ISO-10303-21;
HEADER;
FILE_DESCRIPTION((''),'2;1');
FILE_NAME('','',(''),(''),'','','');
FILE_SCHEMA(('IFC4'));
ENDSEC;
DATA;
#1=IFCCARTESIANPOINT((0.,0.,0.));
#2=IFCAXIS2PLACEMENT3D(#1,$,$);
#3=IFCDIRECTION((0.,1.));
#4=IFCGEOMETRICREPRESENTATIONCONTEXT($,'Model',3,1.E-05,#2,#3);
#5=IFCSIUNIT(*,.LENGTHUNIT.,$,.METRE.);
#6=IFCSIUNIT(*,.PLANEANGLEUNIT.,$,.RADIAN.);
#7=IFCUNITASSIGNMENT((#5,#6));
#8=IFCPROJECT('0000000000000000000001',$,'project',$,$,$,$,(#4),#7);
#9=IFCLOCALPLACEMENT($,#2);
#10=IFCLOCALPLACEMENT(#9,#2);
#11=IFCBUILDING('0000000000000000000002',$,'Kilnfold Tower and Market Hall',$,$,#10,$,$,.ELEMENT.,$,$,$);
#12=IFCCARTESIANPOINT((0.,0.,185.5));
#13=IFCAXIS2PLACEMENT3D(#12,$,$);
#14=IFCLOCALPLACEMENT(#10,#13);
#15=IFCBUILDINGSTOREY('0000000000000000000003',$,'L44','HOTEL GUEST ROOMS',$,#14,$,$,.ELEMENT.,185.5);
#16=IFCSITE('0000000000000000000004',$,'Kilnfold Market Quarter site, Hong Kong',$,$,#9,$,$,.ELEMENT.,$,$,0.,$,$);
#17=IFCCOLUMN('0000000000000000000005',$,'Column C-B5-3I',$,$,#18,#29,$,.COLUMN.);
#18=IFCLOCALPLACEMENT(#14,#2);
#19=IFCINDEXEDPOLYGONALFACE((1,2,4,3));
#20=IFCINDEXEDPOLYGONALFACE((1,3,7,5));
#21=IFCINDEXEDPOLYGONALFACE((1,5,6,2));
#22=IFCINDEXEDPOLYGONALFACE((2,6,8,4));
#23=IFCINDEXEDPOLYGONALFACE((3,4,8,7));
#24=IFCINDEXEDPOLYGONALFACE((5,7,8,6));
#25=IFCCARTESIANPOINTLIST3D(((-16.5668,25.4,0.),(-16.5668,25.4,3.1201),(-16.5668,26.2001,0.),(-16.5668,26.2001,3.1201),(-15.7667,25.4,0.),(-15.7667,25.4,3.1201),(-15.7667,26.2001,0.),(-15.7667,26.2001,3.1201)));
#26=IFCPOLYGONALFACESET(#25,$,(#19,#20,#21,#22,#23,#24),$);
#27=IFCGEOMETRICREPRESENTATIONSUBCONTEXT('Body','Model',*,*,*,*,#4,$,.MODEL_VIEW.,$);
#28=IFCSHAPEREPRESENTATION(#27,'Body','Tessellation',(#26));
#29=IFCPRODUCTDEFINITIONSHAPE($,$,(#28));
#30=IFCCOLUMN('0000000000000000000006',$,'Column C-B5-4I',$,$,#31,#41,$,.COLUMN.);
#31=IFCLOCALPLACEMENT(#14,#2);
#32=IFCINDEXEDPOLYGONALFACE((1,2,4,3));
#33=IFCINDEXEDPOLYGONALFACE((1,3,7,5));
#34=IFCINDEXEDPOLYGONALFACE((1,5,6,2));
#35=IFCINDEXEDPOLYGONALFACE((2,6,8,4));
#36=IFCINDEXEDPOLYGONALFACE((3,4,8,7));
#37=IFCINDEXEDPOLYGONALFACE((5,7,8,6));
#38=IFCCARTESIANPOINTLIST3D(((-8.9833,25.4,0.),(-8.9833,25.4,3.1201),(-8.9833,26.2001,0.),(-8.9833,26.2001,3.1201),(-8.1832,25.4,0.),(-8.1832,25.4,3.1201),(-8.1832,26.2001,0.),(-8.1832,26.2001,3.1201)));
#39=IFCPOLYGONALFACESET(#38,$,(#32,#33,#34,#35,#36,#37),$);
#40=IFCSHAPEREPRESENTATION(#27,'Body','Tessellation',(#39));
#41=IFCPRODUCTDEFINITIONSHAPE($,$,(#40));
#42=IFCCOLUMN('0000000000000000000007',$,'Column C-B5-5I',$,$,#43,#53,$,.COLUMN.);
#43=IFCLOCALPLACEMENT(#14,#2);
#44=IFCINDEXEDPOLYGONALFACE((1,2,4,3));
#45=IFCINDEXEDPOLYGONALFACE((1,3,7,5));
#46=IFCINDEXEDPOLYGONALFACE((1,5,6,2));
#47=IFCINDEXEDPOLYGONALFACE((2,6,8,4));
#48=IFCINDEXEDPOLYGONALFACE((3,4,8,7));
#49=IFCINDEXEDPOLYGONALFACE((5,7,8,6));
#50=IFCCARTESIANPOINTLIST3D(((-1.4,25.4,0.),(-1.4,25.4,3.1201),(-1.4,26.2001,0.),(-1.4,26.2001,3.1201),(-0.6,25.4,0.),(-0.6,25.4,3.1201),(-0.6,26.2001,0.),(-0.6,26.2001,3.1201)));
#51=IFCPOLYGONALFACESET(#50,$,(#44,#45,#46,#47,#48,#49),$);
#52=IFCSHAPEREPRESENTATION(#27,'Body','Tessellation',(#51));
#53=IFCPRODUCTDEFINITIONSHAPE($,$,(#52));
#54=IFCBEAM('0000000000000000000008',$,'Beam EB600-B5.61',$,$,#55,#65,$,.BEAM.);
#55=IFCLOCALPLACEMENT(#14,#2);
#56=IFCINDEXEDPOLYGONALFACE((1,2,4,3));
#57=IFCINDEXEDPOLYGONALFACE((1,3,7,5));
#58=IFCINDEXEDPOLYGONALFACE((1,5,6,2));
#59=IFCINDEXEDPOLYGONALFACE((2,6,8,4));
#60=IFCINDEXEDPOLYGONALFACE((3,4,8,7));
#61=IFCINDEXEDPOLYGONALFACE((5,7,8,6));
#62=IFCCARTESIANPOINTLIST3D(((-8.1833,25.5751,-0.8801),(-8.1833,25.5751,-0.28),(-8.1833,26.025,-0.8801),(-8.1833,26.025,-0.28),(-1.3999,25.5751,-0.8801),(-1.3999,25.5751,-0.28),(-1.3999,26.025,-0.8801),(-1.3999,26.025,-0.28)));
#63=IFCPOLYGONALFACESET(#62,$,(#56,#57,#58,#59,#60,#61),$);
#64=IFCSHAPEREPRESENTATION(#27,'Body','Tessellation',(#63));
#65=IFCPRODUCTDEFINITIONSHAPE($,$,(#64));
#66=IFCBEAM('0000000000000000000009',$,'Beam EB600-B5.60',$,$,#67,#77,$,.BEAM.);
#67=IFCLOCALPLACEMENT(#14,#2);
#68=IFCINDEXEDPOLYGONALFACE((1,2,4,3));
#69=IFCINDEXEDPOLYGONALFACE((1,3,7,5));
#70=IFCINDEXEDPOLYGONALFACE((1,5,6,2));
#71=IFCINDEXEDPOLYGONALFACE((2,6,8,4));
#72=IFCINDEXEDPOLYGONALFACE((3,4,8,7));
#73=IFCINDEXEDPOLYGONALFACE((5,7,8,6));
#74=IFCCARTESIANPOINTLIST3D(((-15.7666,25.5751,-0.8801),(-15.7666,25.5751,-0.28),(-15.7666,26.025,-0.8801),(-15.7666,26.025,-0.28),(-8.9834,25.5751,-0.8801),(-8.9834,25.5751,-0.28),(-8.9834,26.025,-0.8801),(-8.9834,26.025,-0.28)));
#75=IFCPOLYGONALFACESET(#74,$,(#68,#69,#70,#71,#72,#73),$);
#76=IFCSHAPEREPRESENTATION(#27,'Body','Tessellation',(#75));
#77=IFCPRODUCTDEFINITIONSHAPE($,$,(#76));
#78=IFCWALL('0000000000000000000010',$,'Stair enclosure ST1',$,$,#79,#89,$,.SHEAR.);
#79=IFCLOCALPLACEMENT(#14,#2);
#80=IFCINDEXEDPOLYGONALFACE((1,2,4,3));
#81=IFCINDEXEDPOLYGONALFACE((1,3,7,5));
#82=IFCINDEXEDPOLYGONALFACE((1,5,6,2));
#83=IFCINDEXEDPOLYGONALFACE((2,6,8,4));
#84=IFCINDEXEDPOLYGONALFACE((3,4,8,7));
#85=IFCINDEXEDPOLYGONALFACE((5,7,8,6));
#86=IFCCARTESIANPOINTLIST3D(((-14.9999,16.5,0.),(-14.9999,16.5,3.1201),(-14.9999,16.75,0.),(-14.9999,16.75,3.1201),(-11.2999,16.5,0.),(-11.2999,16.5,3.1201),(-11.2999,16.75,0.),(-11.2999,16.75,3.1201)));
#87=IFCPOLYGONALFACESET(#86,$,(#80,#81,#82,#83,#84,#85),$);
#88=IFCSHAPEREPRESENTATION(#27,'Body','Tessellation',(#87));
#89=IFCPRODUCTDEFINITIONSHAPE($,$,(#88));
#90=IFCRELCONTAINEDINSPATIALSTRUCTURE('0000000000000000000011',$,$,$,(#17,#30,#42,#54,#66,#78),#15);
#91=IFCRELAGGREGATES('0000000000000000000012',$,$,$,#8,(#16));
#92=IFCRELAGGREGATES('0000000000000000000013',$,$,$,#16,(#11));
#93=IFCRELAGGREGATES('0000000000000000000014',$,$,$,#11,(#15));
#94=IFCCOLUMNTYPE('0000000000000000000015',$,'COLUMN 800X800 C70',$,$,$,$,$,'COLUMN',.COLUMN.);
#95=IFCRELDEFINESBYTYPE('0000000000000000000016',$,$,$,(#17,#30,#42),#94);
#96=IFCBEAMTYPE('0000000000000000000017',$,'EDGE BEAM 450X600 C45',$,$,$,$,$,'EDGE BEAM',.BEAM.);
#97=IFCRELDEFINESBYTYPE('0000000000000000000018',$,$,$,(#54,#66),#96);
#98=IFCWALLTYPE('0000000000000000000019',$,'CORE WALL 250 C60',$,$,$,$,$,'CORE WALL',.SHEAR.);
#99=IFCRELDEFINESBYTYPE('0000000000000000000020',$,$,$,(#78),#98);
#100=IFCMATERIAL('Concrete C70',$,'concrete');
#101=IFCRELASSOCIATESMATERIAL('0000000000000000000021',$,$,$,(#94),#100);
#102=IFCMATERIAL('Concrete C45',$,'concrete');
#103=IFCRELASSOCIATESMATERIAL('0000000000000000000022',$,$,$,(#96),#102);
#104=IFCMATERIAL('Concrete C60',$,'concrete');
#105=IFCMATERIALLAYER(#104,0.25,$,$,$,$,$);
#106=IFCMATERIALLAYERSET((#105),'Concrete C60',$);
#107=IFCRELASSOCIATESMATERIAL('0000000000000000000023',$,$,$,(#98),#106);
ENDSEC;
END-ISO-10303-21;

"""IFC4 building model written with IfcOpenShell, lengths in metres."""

from ifc_helpers import new_model, si_unit, direction, frame, frame_2d, origin, origin_2d, place, context, subcontext, project, spatial, rectangle, extrude, source, transform, mapped, material, layer, layer_set, material_profile, profile_set, type_object, element, save


model = new_model("IFC4")

# Units and contexts
model_context = context("Model", 3, precision=1e-05, world=origin(), true_north=direction((0.0, 1.0)))
body_context = subcontext(model_context, "Body", "Model", "MODEL_VIEW")
ifc_project = project(units=[si_unit("LENGTHUNIT", "METRE"), si_unit("PLANEANGLEUNIT", "RADIAN")], contexts=[model_context])

# Site, building, storey
site_placement = place(None, origin())
site = spatial("IfcSite", under=ifc_project, at=site_placement, Name="Kilnfold Market Quarter site, Hong Kong", CompositionType="ELEMENT", RefElevation=0.0)
building_placement = place(site_placement, origin())
building = spatial("IfcBuilding", under=site, at=building_placement, Name="Kilnfold Tower and Market Hall", CompositionType="ELEMENT")
storey_placement = place(building_placement, frame((0.0, 0.0, 185.5)))
storey = spatial("IfcBuildingStorey", under=building, at=storey_placement, Name="L44", Description="HOTEL GUEST ROOMS", CompositionType="ELEMENT", Elevation=185.5)

# Columns
ifc_material_1 = material(Name="Concrete C70", Category="concrete")
ifc_material_profile_1 = material_profile(ifc_material_1, rectangle(XDim=0.8, YDim=0.8, at=origin_2d()), Name="RC 800x800")
ifc_profile_set_1 = profile_set([ifc_material_profile_1], Name="Concrete C70")
column_type = type_object("IfcColumnType", Name="COLUMN 800X800 C70", ElementType="COLUMN", PredefinedType="COLUMN", material=ifc_profile_set_1)
shared_shape_1 = source(origin(), body_context, "Body", "SweptSolid", [
    extrude(rectangle(XDim=0.8, YDim=0.8, at=origin_2d()), origin(), (0.0, 0.0, 1.0), 3.1201),
])
for number, where, z_axis, x_axis, name in (
    (1, (-16.1667, 25.8, 0.0), (0.0, 0.0, 1.0), (1.0, 0.0, 0.0), "Column C-B5-3I"),
    (2, (-8.5833, 25.8, 0.0), (0.0, 0.0, 1.0), (1.0, 0.0, 0.0), "Column C-B5-4I"),
    (3, (-1.0, 25.8, 0.0), (0.0, 0.0, 1.0), (1.0, 0.0, 0.0), "Column C-B5-5I"),
):
    element("IfcColumn", number, at=place(storey_placement, frame(where, z_axis=z_axis, x_axis=x_axis)), inside=storey, type_object=column_type, Name=name, PredefinedType="COLUMN", context=body_context, shape_type="MappedRepresentation", body=[
        mapped(shared_shape_1, transform((0.0, 0.0, 0.0))),
    ])

# Beams
ifc_material_2 = material(Name="Concrete C45", Category="concrete")
ifc_material_profile_2 = material_profile(ifc_material_2, rectangle(XDim=0.45, YDim=0.6001, at=origin_2d()), Name="RC 450x600")
ifc_profile_set_2 = profile_set([ifc_material_profile_2], Name="Concrete C45")
beam_type = type_object("IfcBeamType", Name="EDGE BEAM 450X600 C45", ElementType="EDGE BEAM", PredefinedType="BEAM", material=ifc_profile_set_2)
shared_shape_2 = source(origin(), body_context, "Body", "SweptSolid", [
    extrude(rectangle(XDim=0.45, YDim=0.6001, at=origin_2d()), origin(), (0.0, 0.0, 1.0), 6.7834),
])
beam_1_placement = place(storey_placement, frame((-8.1833, 25.8, -0.5801), z_axis=(1.0, 0.0, 0.0), x_axis=(0.0, 1.0, 0.0)))
element("IfcBeam", 4, at=beam_1_placement, inside=storey, type_object=beam_type, Name="Beam EB600-B5.61", PredefinedType="BEAM", context=body_context, shape_type="MappedRepresentation", body=[
    mapped(shared_shape_2, transform((0.0, 0.0, 0.0))),
])
shared_shape_3 = source(origin(), body_context, "Body", "SweptSolid", [
    extrude(rectangle(XDim=0.45, YDim=0.6001, at=origin_2d()), origin(), (0.0, 0.0, 1.0), 6.7832),
])
beam_2_placement = place(storey_placement, frame((-15.7666, 25.8, -0.5801), z_axis=(1.0, 0.0, 0.0), x_axis=(0.0, 1.0, 0.0)))
element("IfcBeam", 5, at=beam_2_placement, inside=storey, type_object=beam_type, Name="Beam EB600-B5.60", PredefinedType="BEAM", context=body_context, shape_type="MappedRepresentation", body=[
    mapped(shared_shape_3, transform((0.0, 0.0, 0.0))),
])

# Wall
ifc_material_3 = material(Name="Concrete C60", Category="concrete")
ifc_layer_1 = layer(ifc_material_3, 0.25)
ifc_layer_set_1 = layer_set([ifc_layer_1], Name="Concrete C60")
wall_type_1 = type_object("IfcWallType", Name="CORE WALL 250 C60", ElementType="CORE WALL", PredefinedType="SHEAR", material=ifc_layer_set_1)
shared_shape_4 = source(origin(), body_context, "Body", "SweptSolid", [
    extrude(rectangle(XDim=3.7, YDim=0.25, at=frame_2d((1.8501, 0.0))), origin(), (0.0, 0.0, 1.0), 3.1201),
])
wall_1_placement = place(storey_placement, frame((-15.0, 16.625, 0.0), z_axis=(0.0, 0.0, 1.0), x_axis=(1.0, 0.0, 0.0)))
element("IfcWall", 6, at=wall_1_placement, inside=storey, type_object=wall_type_1, Name="Stair enclosure ST1", PredefinedType="SHEAR", context=body_context, shape_type="MappedRepresentation", body=[
    mapped(shared_shape_4, transform((0.0, 0.0, 0.0))),
])

save(model, "model.ifc")
